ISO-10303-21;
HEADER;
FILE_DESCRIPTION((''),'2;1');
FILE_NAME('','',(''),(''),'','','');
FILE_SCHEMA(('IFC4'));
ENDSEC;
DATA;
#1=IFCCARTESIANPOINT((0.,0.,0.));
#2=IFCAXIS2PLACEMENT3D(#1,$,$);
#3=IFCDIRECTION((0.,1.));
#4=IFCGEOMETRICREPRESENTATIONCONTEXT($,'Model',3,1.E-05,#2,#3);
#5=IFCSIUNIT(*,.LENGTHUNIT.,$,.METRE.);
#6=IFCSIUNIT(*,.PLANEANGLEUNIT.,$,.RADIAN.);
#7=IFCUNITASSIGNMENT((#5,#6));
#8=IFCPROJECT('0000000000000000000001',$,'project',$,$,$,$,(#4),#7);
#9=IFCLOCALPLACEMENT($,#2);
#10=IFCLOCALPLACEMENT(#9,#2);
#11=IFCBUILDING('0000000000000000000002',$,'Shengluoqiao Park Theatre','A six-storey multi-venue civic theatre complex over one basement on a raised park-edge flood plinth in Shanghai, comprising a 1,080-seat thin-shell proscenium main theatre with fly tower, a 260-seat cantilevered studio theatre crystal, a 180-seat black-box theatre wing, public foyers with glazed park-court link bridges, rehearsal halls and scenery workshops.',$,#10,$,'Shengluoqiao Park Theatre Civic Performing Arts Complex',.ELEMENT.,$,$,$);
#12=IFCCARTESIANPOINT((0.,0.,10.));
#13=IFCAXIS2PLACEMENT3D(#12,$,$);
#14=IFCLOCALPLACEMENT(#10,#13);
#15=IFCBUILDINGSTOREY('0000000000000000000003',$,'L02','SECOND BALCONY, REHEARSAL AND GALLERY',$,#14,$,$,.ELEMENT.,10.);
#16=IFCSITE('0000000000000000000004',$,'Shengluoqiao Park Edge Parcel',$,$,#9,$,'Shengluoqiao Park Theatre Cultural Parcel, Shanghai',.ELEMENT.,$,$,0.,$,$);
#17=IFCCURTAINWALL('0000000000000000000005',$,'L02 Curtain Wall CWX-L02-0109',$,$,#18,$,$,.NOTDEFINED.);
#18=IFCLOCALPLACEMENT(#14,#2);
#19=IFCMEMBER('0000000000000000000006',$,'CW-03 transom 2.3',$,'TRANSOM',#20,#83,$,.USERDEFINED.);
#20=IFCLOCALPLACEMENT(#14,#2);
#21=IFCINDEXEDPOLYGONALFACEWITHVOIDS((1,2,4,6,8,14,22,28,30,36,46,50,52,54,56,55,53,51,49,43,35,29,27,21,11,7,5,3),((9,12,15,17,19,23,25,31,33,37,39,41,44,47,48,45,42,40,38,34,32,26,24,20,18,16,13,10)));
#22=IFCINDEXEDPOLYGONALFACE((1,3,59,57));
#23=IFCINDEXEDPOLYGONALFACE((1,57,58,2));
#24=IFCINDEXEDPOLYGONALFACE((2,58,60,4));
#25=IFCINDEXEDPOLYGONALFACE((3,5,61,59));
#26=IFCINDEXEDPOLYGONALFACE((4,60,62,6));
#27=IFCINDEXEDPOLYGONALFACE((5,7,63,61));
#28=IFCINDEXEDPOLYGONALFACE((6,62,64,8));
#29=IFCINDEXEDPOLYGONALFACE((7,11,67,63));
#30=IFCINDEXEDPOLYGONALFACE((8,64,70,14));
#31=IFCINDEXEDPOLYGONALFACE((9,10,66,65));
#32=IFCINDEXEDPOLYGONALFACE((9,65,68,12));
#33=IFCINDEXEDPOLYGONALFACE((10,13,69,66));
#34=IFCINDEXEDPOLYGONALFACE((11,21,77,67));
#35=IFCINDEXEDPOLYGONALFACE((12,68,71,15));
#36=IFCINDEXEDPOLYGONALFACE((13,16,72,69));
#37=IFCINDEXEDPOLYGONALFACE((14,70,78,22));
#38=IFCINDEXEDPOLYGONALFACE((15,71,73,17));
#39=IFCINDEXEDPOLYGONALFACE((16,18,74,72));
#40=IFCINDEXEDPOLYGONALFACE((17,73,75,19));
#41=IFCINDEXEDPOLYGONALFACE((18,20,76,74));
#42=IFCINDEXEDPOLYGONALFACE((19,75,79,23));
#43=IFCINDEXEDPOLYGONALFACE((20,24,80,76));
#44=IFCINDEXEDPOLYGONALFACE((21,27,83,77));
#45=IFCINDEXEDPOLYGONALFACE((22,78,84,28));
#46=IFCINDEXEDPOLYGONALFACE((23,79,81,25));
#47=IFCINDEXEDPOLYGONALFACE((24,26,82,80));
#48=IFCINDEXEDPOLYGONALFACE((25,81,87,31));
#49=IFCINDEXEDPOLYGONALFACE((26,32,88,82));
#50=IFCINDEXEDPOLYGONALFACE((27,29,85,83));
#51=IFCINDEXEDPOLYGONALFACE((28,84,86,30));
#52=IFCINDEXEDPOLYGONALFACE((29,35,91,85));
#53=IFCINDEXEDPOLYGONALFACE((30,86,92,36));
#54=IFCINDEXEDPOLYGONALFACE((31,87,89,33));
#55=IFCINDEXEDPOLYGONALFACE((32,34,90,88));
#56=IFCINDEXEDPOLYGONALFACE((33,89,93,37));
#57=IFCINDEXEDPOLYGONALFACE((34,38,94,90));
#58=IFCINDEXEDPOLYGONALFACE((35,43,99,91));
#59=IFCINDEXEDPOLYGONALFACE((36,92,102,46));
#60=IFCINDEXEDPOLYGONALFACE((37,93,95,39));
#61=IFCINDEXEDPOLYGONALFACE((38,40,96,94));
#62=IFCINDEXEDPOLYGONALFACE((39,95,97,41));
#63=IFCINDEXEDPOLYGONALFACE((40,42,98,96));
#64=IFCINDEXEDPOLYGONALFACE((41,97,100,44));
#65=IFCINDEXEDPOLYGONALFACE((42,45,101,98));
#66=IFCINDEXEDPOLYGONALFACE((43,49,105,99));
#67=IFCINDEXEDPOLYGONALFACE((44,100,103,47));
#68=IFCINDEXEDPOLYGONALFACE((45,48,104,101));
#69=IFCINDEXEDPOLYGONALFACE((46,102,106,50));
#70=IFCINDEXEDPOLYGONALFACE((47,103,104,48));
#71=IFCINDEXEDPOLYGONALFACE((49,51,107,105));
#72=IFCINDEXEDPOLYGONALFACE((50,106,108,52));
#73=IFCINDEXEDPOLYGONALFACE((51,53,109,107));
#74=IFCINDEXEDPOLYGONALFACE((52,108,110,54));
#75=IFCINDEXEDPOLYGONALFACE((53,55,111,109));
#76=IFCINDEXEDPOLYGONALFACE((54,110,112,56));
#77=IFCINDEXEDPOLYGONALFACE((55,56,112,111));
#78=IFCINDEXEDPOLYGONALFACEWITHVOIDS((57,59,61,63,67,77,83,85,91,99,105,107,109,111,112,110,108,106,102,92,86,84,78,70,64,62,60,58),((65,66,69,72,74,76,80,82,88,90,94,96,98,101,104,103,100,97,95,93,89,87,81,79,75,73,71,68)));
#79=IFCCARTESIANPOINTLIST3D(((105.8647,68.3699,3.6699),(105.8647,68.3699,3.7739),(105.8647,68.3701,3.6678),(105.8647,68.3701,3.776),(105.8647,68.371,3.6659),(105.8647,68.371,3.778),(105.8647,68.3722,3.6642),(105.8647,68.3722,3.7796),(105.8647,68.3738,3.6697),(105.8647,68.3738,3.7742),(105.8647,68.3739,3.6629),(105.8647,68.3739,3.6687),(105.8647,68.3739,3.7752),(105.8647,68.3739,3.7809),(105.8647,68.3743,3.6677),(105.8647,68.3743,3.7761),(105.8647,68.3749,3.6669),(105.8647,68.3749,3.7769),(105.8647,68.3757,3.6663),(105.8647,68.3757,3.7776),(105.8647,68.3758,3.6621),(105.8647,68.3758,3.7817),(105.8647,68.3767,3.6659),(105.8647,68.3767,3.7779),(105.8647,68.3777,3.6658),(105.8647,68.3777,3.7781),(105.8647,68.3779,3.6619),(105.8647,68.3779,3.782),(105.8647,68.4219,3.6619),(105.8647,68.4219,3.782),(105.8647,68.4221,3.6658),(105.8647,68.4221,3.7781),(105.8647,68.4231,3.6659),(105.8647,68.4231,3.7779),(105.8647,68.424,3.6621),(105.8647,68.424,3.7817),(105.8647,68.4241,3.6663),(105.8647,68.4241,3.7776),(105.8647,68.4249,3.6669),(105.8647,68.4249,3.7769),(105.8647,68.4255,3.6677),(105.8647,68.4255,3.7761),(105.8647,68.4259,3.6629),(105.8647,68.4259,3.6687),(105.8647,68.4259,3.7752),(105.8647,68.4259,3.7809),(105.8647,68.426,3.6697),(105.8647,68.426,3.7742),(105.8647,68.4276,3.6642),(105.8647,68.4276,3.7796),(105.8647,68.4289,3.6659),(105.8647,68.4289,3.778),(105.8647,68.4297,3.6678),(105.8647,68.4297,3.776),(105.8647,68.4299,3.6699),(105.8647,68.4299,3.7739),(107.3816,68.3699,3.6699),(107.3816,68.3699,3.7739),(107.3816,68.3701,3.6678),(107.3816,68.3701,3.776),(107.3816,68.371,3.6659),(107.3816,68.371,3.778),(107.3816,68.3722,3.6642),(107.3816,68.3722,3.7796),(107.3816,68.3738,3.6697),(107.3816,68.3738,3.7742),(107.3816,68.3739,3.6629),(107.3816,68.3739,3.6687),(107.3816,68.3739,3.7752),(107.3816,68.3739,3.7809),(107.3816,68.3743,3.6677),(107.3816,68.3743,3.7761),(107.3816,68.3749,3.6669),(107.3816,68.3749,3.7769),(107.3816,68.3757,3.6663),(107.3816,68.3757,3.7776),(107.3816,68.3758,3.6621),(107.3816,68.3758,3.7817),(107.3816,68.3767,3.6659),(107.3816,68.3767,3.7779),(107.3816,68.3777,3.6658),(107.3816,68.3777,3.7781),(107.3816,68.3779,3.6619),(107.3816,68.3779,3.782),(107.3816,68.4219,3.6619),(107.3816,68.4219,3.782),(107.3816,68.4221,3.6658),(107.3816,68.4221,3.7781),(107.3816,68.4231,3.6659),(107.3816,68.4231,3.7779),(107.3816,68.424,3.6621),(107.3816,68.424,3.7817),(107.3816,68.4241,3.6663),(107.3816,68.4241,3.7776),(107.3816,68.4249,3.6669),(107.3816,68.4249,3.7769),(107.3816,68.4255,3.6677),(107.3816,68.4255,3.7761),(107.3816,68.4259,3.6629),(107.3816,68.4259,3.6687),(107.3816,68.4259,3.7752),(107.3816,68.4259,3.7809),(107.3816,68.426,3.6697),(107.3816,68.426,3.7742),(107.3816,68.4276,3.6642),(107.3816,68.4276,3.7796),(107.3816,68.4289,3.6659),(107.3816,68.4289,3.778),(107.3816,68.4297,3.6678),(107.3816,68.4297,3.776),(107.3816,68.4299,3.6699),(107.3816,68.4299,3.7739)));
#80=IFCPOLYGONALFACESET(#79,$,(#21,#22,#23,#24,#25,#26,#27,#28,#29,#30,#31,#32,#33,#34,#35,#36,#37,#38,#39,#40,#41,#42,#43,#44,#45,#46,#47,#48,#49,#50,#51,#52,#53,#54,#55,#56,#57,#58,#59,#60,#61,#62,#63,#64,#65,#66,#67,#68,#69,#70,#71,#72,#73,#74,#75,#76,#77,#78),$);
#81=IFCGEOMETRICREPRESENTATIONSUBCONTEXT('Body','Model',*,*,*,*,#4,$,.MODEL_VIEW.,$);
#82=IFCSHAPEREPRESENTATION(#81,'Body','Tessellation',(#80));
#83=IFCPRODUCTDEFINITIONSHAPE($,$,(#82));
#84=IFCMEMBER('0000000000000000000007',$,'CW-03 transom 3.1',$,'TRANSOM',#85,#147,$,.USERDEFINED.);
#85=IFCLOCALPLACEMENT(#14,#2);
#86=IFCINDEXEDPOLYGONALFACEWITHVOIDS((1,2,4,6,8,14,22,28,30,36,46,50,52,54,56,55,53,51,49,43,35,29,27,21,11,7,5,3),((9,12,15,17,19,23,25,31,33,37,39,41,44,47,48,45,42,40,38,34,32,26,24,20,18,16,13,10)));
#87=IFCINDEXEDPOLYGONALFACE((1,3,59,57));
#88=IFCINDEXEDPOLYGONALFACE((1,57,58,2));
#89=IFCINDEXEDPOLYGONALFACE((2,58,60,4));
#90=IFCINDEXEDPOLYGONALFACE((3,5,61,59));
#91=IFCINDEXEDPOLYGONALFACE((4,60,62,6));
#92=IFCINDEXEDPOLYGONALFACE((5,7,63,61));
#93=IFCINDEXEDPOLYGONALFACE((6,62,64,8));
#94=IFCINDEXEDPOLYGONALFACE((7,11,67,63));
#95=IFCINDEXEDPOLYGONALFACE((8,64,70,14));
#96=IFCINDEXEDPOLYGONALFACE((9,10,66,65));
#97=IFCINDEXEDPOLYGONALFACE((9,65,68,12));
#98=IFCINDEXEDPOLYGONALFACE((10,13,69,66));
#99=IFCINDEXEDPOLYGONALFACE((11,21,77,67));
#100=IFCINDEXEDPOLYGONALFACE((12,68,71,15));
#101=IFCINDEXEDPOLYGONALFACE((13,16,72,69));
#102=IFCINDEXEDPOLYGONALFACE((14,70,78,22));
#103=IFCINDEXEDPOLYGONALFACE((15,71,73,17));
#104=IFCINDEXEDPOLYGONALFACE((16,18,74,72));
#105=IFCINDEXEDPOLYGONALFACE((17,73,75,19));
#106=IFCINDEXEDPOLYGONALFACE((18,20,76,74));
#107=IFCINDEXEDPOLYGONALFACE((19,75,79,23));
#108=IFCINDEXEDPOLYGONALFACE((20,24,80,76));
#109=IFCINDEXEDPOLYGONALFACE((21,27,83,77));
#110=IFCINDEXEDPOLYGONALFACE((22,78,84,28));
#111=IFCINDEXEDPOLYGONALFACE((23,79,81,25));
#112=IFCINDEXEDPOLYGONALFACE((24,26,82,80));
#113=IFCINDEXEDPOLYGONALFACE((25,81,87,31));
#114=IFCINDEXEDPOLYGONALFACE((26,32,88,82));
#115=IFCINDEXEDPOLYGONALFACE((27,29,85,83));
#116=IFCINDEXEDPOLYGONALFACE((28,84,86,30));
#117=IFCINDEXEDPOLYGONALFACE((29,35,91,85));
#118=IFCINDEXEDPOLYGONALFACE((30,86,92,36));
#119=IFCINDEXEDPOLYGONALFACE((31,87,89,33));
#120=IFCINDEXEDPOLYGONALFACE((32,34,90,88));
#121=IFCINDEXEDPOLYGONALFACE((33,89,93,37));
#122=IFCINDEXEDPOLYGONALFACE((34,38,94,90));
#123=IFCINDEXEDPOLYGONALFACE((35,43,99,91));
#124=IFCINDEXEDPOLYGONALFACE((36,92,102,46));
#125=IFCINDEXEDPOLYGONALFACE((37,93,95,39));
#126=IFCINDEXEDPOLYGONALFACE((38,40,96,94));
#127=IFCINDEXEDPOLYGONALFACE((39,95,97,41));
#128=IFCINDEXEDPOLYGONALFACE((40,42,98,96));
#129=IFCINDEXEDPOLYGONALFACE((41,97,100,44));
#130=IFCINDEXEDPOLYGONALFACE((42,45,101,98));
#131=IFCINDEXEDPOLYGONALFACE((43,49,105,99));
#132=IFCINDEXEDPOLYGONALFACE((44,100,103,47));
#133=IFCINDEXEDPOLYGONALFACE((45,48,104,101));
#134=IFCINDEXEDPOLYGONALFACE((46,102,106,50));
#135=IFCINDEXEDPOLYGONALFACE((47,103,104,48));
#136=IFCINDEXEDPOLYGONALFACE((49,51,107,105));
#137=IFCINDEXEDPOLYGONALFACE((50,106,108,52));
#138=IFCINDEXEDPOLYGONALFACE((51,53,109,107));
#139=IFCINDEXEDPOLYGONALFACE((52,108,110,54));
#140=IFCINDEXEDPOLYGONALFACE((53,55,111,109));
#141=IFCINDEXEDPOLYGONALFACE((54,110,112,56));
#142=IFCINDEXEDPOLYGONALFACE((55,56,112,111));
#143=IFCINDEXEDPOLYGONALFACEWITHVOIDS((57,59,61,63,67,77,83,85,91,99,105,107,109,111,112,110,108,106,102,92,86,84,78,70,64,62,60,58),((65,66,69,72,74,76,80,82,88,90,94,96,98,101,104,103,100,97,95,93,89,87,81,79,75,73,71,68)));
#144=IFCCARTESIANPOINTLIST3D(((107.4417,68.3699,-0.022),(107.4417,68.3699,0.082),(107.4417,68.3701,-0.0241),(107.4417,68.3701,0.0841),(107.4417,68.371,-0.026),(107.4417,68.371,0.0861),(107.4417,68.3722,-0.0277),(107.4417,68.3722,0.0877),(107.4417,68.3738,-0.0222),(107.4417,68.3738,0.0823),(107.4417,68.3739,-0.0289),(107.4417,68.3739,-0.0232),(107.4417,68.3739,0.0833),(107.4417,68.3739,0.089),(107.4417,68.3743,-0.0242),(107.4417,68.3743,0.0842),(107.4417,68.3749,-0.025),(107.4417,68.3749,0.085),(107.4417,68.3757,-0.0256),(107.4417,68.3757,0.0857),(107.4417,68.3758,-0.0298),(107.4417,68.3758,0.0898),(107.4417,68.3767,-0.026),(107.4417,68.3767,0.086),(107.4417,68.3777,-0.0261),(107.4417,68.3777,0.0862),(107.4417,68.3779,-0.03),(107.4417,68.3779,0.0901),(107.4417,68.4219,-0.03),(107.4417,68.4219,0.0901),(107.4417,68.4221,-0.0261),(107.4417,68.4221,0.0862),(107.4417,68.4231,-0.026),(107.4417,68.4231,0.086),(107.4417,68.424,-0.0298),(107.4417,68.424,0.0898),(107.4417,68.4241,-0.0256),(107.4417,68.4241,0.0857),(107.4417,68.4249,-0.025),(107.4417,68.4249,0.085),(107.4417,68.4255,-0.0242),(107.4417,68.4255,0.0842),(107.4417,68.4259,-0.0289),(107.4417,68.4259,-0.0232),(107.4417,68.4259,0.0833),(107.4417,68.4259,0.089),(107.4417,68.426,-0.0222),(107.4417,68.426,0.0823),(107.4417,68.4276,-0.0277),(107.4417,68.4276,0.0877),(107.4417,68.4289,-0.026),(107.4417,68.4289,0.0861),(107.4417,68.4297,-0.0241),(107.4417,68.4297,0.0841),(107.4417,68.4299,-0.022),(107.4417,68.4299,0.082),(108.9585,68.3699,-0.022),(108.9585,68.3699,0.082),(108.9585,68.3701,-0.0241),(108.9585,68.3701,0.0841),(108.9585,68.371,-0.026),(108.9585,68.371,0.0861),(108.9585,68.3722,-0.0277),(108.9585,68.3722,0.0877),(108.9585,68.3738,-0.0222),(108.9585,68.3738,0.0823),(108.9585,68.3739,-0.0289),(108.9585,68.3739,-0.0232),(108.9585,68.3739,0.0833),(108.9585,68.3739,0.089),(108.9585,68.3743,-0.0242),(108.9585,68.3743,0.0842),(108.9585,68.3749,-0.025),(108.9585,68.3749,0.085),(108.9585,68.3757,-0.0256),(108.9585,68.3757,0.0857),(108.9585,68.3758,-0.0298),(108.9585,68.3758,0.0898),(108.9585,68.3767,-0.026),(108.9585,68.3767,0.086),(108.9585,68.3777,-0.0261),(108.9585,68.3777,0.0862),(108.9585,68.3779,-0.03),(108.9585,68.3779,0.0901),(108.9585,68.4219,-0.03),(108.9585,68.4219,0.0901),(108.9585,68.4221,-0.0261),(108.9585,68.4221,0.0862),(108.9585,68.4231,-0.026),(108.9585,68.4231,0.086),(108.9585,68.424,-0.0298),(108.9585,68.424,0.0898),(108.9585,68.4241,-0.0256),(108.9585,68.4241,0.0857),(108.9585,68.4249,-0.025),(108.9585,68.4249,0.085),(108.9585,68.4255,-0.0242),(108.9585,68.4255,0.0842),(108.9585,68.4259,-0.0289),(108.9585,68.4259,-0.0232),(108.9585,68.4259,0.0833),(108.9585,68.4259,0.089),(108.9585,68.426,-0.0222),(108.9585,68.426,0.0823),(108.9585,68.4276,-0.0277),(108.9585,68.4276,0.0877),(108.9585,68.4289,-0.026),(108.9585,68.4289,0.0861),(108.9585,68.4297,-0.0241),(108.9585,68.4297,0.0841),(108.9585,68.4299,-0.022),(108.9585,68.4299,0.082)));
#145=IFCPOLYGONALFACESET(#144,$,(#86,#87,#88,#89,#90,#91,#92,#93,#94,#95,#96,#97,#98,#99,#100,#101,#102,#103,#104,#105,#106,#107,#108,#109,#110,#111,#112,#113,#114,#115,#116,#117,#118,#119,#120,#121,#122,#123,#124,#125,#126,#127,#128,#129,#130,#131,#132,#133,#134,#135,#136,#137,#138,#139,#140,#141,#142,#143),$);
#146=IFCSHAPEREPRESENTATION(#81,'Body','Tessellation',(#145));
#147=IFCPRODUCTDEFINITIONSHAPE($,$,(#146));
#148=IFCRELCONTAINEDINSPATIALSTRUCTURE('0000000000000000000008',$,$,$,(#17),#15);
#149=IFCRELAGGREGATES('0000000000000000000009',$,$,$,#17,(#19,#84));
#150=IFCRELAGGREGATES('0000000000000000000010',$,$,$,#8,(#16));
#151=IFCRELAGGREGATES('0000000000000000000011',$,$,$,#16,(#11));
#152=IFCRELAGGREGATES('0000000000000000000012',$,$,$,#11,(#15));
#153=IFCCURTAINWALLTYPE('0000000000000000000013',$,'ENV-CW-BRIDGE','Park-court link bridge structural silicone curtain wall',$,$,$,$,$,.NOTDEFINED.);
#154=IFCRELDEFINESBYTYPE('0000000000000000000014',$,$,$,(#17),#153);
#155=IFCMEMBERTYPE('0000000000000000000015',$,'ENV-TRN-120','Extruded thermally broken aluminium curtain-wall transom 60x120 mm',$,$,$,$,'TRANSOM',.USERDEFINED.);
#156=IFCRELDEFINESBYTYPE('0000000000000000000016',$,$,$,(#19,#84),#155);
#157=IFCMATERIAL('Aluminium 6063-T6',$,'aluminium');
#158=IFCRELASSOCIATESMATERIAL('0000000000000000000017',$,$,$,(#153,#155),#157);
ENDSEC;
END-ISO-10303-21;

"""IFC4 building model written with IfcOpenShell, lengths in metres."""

from ifc_helpers import new_model, si_unit, direction, frame, origin, origin_2d, place, context, subcontext, project, spatial, hollow_rectangle, extrude, material, material_profile, profile_set, type_object, element, aggregate, save


model = new_model("IFC4")

# Units and contexts
model_context = context("Model", 3, precision=1e-05, world=origin(), true_north=direction((0.0, 1.0)))
body_context = subcontext(model_context, "Body", "Model", "MODEL_VIEW")
ifc_project = project(units=[si_unit("LENGTHUNIT", "METRE"), si_unit("PLANEANGLEUNIT", "RADIAN")], contexts=[model_context])

# Site, building, storey
site_placement = place(None, origin())
site = spatial("IfcSite", under=ifc_project, at=site_placement, Name="Shengluoqiao Park Edge Parcel", LongName="Shengluoqiao Park Theatre Cultural Parcel, Shanghai", CompositionType="ELEMENT", RefElevation=0.0)
building_placement = place(site_placement, origin())
building = spatial("IfcBuilding", under=site, at=building_placement, Name="Shengluoqiao Park Theatre", Description="A six-storey multi-venue civic theatre complex over one basement on a raised park-edge flood plinth in Shanghai, comprising a 1,080-seat thin-shell proscenium main theatre with fly tower, a 260-seat cantilevered studio theatre crystal, a 180-seat black-box theatre wing, public foyers with glazed park-court link bridges, rehearsal halls and scenery workshops.", LongName="Shengluoqiao Park Theatre Civic Performing Arts Complex", CompositionType="ELEMENT")
storey_placement = place(building_placement, frame((0.0, 0.0, 10.0)))
storey = spatial("IfcBuildingStorey", under=building, at=storey_placement, Name="L02", Description="SECOND BALCONY, REHEARSAL AND GALLERY", CompositionType="ELEMENT", Elevation=10.0)

# Curtain wall, members
ifc_material_1 = material(Name="Aluminium 6063-T6", Category="aluminium")
curtain_wall_type = type_object("IfcCurtainWallType", Name="ENV-CW-BRIDGE", Description="Park-court link bridge structural silicone curtain wall", PredefinedType="NOTDEFINED", material=ifc_material_1)
curtain_wall_placement = place(storey_placement, origin())
curtain_wall = element("IfcCurtainWall", 1, at=curtain_wall_placement, inside=storey, type_object=curtain_wall_type, Name="L02 Curtain Wall CWX-L02-0109", PredefinedType="NOTDEFINED")
ifc_material_profile_1 = material_profile(ifc_material_1, hollow_rectangle(XDim=0.0601, YDim=0.1201, WallThickness=0.0039, InnerFilletRadius=0.0039, OuterFilletRadius=0.0081, at=origin_2d()), Name="ALU TRANSOM 120x60x4")
ifc_profile_set_1 = profile_set([ifc_material_profile_1], Name="Aluminium 6063-T6")
member_type_1 = type_object("IfcMemberType", Name="ENV-TRN-120", Description="Extruded thermally broken aluminium curtain-wall transom 60x120 mm", ElementType="TRANSOM", PredefinedType="USERDEFINED", material=ifc_profile_set_1)
member_1_placement = place(storey_placement, frame((105.8647, 68.3999, 3.7219), z_axis=(1.0, 0.0, 0.0), x_axis=(0.0, 1.0, 0.0)))
member_1 = element("IfcMember", 2, at=member_1_placement, type_object=member_type_1, Name="CW-03 transom 2.3", ObjectType="TRANSOM", PredefinedType="USERDEFINED", context=body_context, shape_type="SweptSolid", body=[
    extrude(hollow_rectangle(XDim=0.0601, YDim=0.1201, WallThickness=0.0039, InnerFilletRadius=0.0039, OuterFilletRadius=0.0081, at=origin_2d()), origin(), (0.0, 0.0, 1.0), 1.5168),
])
member_2_placement = place(storey_placement, frame((107.4417, 68.3999, 0.03), z_axis=(1.0, 0.0, 0.0), x_axis=(0.0, 1.0, 0.0)))
member_2 = element("IfcMember", 3, at=member_2_placement, type_object=member_type_1, Name="CW-03 transom 3.1", ObjectType="TRANSOM", PredefinedType="USERDEFINED", context=body_context, shape_type="SweptSolid", body=[
    extrude(hollow_rectangle(XDim=0.0601, YDim=0.1201, WallThickness=0.0039, InnerFilletRadius=0.0039, OuterFilletRadius=0.0081, at=origin_2d()), origin(), (0.0, 0.0, 1.0), 1.5168),
])
aggregate(curtain_wall, [member_1, member_2])

save(model, "model.ifc")
